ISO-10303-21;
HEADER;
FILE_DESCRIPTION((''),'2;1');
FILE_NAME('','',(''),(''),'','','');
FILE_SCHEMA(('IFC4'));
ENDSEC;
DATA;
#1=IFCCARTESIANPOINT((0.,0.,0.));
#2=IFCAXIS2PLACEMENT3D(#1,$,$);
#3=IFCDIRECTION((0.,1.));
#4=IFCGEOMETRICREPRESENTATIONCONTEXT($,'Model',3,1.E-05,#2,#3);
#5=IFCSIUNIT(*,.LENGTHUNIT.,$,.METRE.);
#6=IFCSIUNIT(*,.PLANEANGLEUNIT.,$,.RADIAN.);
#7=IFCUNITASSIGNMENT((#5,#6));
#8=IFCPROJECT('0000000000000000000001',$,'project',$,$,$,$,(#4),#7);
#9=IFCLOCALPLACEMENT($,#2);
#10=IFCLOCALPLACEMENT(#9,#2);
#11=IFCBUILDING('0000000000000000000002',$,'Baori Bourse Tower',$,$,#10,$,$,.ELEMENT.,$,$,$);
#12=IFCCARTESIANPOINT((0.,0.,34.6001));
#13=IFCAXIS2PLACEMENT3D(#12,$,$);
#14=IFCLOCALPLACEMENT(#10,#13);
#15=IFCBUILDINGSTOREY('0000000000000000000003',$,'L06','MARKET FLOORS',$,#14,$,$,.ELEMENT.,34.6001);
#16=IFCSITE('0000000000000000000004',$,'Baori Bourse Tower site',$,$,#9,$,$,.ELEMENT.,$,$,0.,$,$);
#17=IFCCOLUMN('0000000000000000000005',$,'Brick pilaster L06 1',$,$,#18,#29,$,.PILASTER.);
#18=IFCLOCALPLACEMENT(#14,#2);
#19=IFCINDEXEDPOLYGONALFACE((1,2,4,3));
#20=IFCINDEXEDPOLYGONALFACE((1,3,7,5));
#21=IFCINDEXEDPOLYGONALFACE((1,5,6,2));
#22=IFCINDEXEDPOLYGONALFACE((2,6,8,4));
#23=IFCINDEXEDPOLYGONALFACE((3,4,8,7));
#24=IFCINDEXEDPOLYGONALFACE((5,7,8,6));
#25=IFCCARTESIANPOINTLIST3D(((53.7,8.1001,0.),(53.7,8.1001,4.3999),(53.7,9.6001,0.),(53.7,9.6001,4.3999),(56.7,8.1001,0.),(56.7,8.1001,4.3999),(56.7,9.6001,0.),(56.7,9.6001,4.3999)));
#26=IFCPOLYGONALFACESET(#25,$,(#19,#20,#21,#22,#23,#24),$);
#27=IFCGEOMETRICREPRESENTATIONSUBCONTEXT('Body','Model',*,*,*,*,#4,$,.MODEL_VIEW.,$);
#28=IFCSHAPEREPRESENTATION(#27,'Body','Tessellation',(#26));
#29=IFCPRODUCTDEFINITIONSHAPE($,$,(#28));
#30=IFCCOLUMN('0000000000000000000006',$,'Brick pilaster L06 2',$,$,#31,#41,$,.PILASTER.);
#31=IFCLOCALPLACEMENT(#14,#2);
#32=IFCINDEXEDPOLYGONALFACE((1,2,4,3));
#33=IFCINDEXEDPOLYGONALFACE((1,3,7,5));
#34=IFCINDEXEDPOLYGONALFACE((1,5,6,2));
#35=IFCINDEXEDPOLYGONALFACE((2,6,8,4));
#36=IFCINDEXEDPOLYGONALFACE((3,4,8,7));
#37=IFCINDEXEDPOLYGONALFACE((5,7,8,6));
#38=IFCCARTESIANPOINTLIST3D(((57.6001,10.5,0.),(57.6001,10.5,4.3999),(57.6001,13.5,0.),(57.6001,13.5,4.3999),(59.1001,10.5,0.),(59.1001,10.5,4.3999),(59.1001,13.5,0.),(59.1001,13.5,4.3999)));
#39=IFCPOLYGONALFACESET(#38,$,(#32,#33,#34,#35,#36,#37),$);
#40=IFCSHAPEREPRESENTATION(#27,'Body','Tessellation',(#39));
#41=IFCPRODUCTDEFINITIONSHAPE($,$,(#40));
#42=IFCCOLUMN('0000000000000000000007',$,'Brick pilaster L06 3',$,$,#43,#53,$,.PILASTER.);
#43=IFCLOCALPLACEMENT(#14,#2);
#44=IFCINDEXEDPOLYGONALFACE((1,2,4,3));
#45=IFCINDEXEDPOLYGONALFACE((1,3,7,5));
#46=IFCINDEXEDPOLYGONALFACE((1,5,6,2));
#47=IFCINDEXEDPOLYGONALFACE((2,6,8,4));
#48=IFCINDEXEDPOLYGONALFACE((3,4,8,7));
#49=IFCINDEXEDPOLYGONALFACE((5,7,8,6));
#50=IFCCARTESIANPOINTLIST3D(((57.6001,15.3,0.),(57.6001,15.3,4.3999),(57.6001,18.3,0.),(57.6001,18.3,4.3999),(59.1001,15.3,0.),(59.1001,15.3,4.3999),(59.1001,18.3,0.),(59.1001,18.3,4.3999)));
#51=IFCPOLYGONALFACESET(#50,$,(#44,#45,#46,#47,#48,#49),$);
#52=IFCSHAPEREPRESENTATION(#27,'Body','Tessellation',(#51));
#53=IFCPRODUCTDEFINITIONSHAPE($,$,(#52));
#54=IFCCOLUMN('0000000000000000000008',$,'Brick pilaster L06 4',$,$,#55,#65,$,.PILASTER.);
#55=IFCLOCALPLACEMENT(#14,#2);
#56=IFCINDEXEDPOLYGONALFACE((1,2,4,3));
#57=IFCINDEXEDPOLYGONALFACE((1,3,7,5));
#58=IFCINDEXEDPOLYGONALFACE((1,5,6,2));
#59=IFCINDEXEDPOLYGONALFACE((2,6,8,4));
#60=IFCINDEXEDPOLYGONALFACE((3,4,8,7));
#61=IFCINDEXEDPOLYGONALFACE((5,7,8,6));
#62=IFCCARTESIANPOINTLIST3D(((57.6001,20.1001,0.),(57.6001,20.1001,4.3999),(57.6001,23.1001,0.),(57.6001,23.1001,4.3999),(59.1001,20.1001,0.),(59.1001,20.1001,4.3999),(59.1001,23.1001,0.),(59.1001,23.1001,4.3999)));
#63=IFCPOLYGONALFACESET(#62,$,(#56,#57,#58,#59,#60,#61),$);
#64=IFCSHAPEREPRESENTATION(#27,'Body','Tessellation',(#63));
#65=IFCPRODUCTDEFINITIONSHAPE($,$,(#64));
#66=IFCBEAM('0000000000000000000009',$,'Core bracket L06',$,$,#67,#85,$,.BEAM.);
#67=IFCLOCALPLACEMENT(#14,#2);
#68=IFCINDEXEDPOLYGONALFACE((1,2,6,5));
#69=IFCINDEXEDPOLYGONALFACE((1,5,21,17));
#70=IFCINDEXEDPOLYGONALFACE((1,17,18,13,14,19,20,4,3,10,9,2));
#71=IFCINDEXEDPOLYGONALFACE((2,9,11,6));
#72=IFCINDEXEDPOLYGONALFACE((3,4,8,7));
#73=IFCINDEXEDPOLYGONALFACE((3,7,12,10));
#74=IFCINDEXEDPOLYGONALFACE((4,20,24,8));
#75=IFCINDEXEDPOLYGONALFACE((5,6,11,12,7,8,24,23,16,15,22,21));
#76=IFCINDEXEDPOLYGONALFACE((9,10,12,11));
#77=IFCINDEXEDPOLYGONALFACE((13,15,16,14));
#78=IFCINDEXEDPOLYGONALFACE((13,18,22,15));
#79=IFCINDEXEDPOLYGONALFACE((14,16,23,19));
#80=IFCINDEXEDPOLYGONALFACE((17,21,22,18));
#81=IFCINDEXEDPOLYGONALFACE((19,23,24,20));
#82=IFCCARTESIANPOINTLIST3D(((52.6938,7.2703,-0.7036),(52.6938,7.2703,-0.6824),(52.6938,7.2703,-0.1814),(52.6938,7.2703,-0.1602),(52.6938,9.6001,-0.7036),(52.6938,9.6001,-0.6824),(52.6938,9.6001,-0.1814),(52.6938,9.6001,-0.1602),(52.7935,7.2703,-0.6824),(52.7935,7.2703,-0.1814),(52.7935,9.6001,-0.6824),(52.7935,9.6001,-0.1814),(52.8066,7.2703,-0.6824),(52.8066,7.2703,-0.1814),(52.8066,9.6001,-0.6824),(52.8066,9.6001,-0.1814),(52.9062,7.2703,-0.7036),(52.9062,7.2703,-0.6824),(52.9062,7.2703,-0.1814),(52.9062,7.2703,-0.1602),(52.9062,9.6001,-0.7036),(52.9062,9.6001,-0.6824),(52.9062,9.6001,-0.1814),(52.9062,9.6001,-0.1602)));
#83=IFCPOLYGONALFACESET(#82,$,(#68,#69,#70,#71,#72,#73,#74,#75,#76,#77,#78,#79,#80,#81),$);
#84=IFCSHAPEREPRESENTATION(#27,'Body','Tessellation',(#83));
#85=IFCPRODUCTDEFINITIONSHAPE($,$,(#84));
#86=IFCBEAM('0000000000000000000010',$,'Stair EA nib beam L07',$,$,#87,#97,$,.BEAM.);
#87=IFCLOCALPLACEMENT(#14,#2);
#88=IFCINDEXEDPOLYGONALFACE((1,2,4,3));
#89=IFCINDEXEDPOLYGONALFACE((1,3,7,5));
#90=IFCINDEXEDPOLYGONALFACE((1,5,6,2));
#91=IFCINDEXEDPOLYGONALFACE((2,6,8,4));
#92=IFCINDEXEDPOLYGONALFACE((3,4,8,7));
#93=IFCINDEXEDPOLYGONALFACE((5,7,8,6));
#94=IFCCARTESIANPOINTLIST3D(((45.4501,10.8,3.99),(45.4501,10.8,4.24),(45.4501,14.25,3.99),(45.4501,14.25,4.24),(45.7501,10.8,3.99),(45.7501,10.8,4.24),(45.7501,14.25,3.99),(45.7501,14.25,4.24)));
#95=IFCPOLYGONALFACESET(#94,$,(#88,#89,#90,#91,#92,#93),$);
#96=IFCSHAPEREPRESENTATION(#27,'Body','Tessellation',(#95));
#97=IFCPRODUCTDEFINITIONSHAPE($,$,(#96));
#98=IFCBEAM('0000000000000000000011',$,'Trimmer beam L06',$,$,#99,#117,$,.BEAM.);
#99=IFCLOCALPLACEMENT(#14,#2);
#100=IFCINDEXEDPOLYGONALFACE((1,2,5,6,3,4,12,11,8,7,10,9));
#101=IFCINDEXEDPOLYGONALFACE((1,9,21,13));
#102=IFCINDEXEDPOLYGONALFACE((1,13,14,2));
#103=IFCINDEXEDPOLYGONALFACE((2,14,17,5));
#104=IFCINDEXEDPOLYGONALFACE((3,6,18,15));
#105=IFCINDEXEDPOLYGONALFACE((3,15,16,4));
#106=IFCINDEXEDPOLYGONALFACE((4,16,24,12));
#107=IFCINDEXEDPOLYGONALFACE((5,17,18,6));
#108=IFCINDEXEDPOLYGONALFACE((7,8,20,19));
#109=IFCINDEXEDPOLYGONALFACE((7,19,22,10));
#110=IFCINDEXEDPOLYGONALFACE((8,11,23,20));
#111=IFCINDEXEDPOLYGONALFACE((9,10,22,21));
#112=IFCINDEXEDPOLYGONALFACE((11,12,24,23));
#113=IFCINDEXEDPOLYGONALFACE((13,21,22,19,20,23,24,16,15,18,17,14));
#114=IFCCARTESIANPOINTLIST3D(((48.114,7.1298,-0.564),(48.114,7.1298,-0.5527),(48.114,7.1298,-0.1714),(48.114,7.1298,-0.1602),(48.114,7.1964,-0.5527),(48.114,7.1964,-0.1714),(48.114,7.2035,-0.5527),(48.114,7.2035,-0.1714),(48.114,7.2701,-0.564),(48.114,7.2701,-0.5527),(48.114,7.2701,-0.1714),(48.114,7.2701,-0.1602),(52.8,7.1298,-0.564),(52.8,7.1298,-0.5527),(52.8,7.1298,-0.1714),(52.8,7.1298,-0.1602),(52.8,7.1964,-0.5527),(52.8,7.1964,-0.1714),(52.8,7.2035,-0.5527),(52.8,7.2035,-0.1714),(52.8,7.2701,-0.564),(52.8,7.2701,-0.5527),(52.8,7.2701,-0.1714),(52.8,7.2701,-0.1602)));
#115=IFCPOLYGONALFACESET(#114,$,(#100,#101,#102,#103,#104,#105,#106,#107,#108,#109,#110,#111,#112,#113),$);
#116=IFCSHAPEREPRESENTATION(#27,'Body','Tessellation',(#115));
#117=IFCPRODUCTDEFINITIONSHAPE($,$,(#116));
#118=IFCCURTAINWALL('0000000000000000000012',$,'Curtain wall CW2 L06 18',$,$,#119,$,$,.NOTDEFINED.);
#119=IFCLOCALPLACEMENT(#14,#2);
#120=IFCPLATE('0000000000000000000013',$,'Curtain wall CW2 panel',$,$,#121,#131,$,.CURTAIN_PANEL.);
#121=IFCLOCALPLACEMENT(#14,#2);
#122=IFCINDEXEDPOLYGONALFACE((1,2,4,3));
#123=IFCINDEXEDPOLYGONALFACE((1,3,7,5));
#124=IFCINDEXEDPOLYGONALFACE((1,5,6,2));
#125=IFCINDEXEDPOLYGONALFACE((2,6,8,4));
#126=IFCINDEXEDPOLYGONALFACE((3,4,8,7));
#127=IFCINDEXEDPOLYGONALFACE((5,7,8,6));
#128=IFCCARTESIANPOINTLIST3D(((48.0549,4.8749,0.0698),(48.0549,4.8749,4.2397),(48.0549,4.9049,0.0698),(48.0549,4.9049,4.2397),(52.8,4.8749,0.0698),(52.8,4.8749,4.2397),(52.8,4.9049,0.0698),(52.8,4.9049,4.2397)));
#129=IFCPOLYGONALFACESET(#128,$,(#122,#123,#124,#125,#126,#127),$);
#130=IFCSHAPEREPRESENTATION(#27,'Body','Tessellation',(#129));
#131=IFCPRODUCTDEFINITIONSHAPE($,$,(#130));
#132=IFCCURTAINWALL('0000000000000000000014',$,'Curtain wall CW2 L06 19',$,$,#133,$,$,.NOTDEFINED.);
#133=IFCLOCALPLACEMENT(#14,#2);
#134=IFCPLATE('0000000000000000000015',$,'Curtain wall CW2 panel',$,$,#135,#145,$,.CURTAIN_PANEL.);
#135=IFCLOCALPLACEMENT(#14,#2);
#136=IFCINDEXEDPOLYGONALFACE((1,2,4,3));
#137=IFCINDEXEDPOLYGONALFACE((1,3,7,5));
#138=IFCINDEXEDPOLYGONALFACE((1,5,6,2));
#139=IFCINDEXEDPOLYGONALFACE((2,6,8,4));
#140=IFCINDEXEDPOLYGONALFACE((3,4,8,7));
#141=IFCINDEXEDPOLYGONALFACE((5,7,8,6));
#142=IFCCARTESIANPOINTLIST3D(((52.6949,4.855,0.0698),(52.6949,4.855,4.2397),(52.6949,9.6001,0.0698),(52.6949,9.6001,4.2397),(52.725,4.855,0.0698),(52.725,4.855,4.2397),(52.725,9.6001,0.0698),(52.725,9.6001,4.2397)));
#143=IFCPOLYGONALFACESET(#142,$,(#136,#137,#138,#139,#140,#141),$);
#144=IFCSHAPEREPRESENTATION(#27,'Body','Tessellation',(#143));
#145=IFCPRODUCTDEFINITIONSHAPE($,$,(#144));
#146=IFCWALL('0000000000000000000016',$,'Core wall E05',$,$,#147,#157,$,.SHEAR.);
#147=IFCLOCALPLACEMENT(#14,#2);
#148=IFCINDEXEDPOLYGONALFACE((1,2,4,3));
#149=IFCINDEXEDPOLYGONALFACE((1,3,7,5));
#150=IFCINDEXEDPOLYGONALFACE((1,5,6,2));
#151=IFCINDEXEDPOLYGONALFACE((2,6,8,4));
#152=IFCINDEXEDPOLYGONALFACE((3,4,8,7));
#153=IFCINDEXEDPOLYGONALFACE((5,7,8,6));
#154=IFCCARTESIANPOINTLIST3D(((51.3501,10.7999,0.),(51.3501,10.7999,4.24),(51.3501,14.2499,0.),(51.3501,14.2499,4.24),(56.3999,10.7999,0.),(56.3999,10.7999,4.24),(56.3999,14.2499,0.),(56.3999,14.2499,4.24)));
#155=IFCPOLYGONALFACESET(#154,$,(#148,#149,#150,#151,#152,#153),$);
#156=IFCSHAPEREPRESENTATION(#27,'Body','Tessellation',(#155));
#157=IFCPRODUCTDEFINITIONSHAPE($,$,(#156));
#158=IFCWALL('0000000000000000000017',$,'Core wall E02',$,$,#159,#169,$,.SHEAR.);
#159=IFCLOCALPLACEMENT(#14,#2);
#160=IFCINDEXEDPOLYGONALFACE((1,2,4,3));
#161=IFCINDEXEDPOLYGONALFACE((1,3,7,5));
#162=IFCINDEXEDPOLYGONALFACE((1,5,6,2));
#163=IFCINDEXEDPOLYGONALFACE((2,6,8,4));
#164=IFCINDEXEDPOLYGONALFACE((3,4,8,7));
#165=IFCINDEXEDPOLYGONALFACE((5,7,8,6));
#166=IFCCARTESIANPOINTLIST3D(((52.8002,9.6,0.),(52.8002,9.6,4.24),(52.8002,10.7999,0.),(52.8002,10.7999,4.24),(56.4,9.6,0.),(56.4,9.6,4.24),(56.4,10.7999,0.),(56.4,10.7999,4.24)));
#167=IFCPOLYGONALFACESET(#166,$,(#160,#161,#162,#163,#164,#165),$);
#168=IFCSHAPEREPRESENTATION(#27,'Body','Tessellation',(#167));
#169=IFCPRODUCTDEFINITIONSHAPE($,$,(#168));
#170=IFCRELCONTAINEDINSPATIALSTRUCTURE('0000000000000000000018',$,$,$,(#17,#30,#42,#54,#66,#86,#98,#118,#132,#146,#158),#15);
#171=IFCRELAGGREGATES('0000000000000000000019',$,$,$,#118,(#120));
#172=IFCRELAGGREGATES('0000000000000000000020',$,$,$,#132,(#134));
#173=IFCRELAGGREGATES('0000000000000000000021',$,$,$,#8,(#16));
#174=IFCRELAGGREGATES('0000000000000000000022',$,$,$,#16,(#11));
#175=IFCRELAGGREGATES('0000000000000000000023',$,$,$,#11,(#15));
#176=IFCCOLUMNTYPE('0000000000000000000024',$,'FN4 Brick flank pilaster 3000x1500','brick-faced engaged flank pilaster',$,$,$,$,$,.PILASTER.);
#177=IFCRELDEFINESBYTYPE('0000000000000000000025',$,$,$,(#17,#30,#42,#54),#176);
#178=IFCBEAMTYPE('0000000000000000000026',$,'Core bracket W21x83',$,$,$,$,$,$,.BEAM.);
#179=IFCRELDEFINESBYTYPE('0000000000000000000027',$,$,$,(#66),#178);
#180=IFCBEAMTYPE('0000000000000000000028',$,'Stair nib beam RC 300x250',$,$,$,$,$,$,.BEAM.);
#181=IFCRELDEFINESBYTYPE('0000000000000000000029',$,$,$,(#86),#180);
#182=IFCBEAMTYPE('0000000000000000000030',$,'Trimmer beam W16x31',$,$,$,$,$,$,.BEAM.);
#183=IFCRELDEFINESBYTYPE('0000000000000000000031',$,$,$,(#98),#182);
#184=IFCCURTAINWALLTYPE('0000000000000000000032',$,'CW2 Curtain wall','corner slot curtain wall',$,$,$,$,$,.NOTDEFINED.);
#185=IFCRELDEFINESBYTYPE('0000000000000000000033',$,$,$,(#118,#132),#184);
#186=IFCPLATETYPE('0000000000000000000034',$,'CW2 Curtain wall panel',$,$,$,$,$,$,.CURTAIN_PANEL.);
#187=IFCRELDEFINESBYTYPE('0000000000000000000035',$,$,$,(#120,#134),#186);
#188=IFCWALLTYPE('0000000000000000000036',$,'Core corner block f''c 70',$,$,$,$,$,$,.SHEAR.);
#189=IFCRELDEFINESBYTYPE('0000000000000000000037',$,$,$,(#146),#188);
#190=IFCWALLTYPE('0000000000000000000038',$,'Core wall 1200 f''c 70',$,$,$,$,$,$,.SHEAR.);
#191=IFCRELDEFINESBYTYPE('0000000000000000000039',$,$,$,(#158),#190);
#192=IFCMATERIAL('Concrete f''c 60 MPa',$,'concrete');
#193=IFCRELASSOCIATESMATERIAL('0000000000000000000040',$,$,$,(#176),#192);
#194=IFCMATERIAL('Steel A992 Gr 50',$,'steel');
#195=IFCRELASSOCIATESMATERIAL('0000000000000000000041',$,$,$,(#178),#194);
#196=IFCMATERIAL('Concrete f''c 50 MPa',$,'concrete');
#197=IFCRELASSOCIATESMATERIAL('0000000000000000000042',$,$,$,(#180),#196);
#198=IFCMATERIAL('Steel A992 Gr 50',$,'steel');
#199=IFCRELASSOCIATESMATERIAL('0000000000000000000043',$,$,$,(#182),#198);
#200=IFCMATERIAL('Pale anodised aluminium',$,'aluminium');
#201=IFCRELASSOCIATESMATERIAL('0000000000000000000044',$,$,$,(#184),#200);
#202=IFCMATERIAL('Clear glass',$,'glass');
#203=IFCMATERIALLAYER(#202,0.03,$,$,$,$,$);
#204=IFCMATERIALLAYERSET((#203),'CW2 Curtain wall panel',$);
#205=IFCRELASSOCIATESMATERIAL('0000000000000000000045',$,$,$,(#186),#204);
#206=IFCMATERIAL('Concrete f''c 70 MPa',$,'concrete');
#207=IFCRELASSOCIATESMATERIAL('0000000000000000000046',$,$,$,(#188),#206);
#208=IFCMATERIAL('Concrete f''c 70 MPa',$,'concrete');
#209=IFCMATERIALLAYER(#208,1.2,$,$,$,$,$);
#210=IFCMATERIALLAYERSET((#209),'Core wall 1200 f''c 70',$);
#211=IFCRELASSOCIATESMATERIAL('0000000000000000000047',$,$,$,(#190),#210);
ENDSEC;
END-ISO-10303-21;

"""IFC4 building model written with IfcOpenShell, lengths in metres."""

from ifc_helpers import new_model, si_unit, direction, frame, frame_2d, origin, origin_2d, place, context, subcontext, project, spatial, rectangle, i_section, extrude, material, layer, layer_set, material_profile, profile_set, type_object, element, aggregate, save


model = new_model("IFC4")

# Units and contexts
model_context = context("Model", 3, precision=1e-05, world=origin(), true_north=direction((0.0, 1.0)))
body_context = subcontext(model_context, "Body", "Model", "MODEL_VIEW")
ifc_project = project(units=[si_unit("LENGTHUNIT", "METRE"), si_unit("PLANEANGLEUNIT", "RADIAN")], contexts=[model_context])

# Site, building, storey
site_placement = place(None, origin())
site = spatial("IfcSite", under=ifc_project, at=site_placement, Name="Baori Bourse Tower site", CompositionType="ELEMENT", RefElevation=0.0)
building_placement = place(site_placement, origin())
building = spatial("IfcBuilding", under=site, at=building_placement, Name="Baori Bourse Tower", CompositionType="ELEMENT")
storey_placement = place(building_placement, frame((0.0, 0.0, 34.6001)))
storey = spatial("IfcBuildingStorey", under=building, at=storey_placement, Name="L06", Description="MARKET FLOORS", CompositionType="ELEMENT", Elevation=34.6001)

# Columns
ifc_material_1 = material(Name="Concrete f'c 60 MPa", Category="concrete")
ifc_material_profile_1 = material_profile(ifc_material_1, rectangle(XDim=3.0, YDim=1.5, at=origin_2d()), Name="RC 3000x1500")
ifc_profile_set_1 = profile_set([ifc_material_profile_1], Name="Concrete f'c 60 MPa")
column_type = type_object("IfcColumnType", Name="FN4 Brick flank pilaster 3000x1500", Description="brick-faced engaged flank pilaster", PredefinedType="PILASTER", material=ifc_profile_set_1)
for number, where, z_axis, x_axis, name in (
    (1, (55.2, 8.8501, 0.0), (0.0, 0.0, 1.0), (1.0, 0.0, 0.0), "Brick pilaster L06 1"),
    (2, (58.3501, 12.0, 0.0), (0.0, 0.0, 1.0), (0.0, 1.0, 0.0), "Brick pilaster L06 2"),
    (3, (58.3501, 16.8, 0.0), (0.0, 0.0, 1.0), (0.0, 1.0, 0.0), "Brick pilaster L06 3"),
    (4, (58.3501, 21.6001, 0.0), (0.0, 0.0, 1.0), (0.0, 1.0, 0.0), "Brick pilaster L06 4"),
):
    element("IfcColumn", number, at=place(storey_placement, frame(where, z_axis=z_axis, x_axis=x_axis)), inside=storey, type_object=column_type, Name=name, PredefinedType="PILASTER", context=body_context, shape_type="SweptSolid", body=[
        extrude(rectangle(XDim=3.0, YDim=1.5, at=origin_2d()), origin(), (0.0, 0.0, 1.0), 4.3999),
    ])

# Beams
ifc_material_2 = material(Name="Steel A992 Gr 50", Category="steel")
ifc_material_profile_2 = material_profile(ifc_material_2, i_section(OverallWidth=0.2124, OverallDepth=0.5435, WebThickness=0.0132, FlangeThickness=0.0212, at=origin_2d()), Name="W21x83")
ifc_profile_set_2 = profile_set([ifc_material_profile_2], Name="Steel A992 Gr 50")
beam_type_1 = type_object("IfcBeamType", Name="Core bracket W21x83", PredefinedType="BEAM", material=ifc_profile_set_2)
beam_1_placement = place(storey_placement, frame((52.8, 7.2703, -0.4319), z_axis=(0.0, 1.0, 0.0), x_axis=(-1.0, 0.0, 0.0)))
element("IfcBeam", 5, at=beam_1_placement, inside=storey, type_object=beam_type_1, Name="Core bracket L06", PredefinedType="BEAM", context=body_context, shape_type="SweptSolid", body=[
    extrude(i_section(OverallWidth=0.2124, OverallDepth=0.5435, WebThickness=0.0132, FlangeThickness=0.0212, at=origin_2d()), origin(), (0.0, 0.0, 1.0), 2.3298),
])
ifc_material_3 = material(Name="Concrete f'c 50 MPa", Category="concrete")
ifc_material_profile_3 = material_profile(ifc_material_3, rectangle(XDim=0.3, YDim=0.25, at=origin_2d()), Name="RC 300x250")
ifc_profile_set_3 = profile_set([ifc_material_profile_3], Name="Concrete f'c 50 MPa")
beam_type_2 = type_object("IfcBeamType", Name="Stair nib beam RC 300x250", PredefinedType="BEAM", material=ifc_profile_set_3)
beam_2_placement = place(storey_placement, frame((45.6001, 10.8, 4.115), z_axis=(0.0, 1.0, 0.0), x_axis=(-1.0, 0.0, 0.0)))
element("IfcBeam", 6, at=beam_2_placement, inside=storey, type_object=beam_type_2, Name="Stair EA nib beam L07", PredefinedType="BEAM", context=body_context, shape_type="SweptSolid", body=[
    extrude(rectangle(XDim=0.3, YDim=0.25, at=origin_2d()), origin(), (0.0, 0.0, 1.0), 3.45),
])
ifc_material_4 = material(Name="Steel A992 Gr 50", Category="steel")
ifc_material_profile_4 = material_profile(ifc_material_4, i_section(OverallWidth=0.1404, OverallDepth=0.4038, WebThickness=0.0071, FlangeThickness=0.0112, at=origin_2d()), Name="W16x31")
ifc_profile_set_4 = profile_set([ifc_material_profile_4], Name="Steel A992 Gr 50")
beam_type_3 = type_object("IfcBeamType", Name="Trimmer beam W16x31", PredefinedType="BEAM", material=ifc_profile_set_4)
beam_3_placement = place(storey_placement, frame((48.114, 7.2, -0.3621), z_axis=(1.0, 0.0, 0.0), x_axis=(0.0, 1.0, 0.0)))
element("IfcBeam", 7, at=beam_3_placement, inside=storey, type_object=beam_type_3, Name="Trimmer beam L06", PredefinedType="BEAM", context=body_context, shape_type="SweptSolid", body=[
    extrude(i_section(OverallWidth=0.1404, OverallDepth=0.4038, WebThickness=0.0071, FlangeThickness=0.0112, at=origin_2d()), origin(), (0.0, 0.0, 1.0), 4.686),
])

# Curtain walls, plates
ifc_material_5 = material(Name="Pale anodised aluminium", Category="aluminium")
curtain_wall_type = type_object("IfcCurtainWallType", Name="CW2 Curtain wall", Description="corner slot curtain wall", PredefinedType="NOTDEFINED", material=ifc_material_5)
curtain_wall_1_placement = place(storey_placement, origin())
curtain_wall_1 = element("IfcCurtainWall", 8, at=curtain_wall_1_placement, inside=storey, type_object=curtain_wall_type, Name="Curtain wall CW2 L06 18", PredefinedType="NOTDEFINED")
ifc_material_6 = material(Name="Clear glass", Category="glass")
ifc_layer_1 = layer(ifc_material_6, 0.03)
ifc_layer_set_1 = layer_set([ifc_layer_1], Name="CW2 Curtain wall panel")
plate_type = type_object("IfcPlateType", Name="CW2 Curtain wall panel", PredefinedType="CURTAIN_PANEL", material=ifc_layer_set_1)
plate_1_placement = place(storey_placement, frame((50.4275, 4.8899, 0.0698), z_axis=(0.0, 0.0, 1.0), x_axis=(1.0, 0.0, 0.0)))
plate_1 = element("IfcPlate", 9, at=plate_1_placement, type_object=plate_type, Name="Curtain wall CW2 panel", PredefinedType="CURTAIN_PANEL", context=body_context, shape_type="SweptSolid", body=[
    extrude(rectangle(XDim=4.7451, YDim=0.03, at=origin_2d()), origin(), (0.0, 0.0, 1.0), 4.1699),
])
aggregate(curtain_wall_1, [plate_1])
curtain_wall_2_placement = place(storey_placement, origin())
curtain_wall_2 = element("IfcCurtainWall", 10, at=curtain_wall_2_placement, inside=storey, type_object=curtain_wall_type, Name="Curtain wall CW2 L06 19", PredefinedType="NOTDEFINED")
plate_2_placement = place(storey_placement, frame((52.71, 7.2275, 0.0698), z_axis=(0.0, 0.0, 1.0), x_axis=(0.0, 1.0, 0.0)))
plate_2 = element("IfcPlate", 11, at=plate_2_placement, type_object=plate_type, Name="Curtain wall CW2 panel", PredefinedType="CURTAIN_PANEL", context=body_context, shape_type="SweptSolid", body=[
    extrude(rectangle(XDim=4.7451, YDim=0.03, at=origin_2d()), origin(), (0.0, 0.0, 1.0), 4.1699),
])
aggregate(curtain_wall_2, [plate_2])

# Walls
ifc_material_7 = material(Name="Concrete f'c 70 MPa", Category="concrete")
wall_type_1 = type_object("IfcWallType", Name="Core corner block f'c 70", PredefinedType="SHEAR", material=ifc_material_7)
wall_1_placement = place(storey_placement, frame((51.3501, 12.5249, 0.0), z_axis=(0.0, 0.0, 1.0), x_axis=(1.0, 0.0, 0.0)))
element("IfcWall", 12, at=wall_1_placement, inside=storey, type_object=wall_type_1, Name="Core wall E05", PredefinedType="SHEAR", context=body_context, shape_type="SweptSolid", body=[
    extrude(rectangle(XDim=5.0498, YDim=3.45, at=frame_2d((2.5249, 0.0))), origin(), (0.0, 0.0, 1.0), 4.24),
])
ifc_material_8 = material(Name="Concrete f'c 70 MPa", Category="concrete")
ifc_layer_2 = layer(ifc_material_8, 1.2)
ifc_layer_set_2 = layer_set([ifc_layer_2], Name="Core wall 1200 f'c 70")
wall_type_2 = type_object("IfcWallType", Name="Core wall 1200 f'c 70", PredefinedType="SHEAR", material=ifc_layer_set_2)
wall_2_placement = place(storey_placement, frame((56.3999, 10.2, 0.0), z_axis=(0.0, 0.0, 1.0), x_axis=(-1.0, 0.0, 0.0)))
element("IfcWall", 13, at=wall_2_placement, inside=storey, type_object=wall_type_2, Name="Core wall E02", PredefinedType="SHEAR", context=body_context, shape_type="SweptSolid", body=[
    extrude(rectangle(XDim=3.5999, YDim=1.2, at=frame_2d((1.7998, 0.0))), origin(), (0.0, 0.0, 1.0), 4.24),
])

save(model, "model.ifc")
